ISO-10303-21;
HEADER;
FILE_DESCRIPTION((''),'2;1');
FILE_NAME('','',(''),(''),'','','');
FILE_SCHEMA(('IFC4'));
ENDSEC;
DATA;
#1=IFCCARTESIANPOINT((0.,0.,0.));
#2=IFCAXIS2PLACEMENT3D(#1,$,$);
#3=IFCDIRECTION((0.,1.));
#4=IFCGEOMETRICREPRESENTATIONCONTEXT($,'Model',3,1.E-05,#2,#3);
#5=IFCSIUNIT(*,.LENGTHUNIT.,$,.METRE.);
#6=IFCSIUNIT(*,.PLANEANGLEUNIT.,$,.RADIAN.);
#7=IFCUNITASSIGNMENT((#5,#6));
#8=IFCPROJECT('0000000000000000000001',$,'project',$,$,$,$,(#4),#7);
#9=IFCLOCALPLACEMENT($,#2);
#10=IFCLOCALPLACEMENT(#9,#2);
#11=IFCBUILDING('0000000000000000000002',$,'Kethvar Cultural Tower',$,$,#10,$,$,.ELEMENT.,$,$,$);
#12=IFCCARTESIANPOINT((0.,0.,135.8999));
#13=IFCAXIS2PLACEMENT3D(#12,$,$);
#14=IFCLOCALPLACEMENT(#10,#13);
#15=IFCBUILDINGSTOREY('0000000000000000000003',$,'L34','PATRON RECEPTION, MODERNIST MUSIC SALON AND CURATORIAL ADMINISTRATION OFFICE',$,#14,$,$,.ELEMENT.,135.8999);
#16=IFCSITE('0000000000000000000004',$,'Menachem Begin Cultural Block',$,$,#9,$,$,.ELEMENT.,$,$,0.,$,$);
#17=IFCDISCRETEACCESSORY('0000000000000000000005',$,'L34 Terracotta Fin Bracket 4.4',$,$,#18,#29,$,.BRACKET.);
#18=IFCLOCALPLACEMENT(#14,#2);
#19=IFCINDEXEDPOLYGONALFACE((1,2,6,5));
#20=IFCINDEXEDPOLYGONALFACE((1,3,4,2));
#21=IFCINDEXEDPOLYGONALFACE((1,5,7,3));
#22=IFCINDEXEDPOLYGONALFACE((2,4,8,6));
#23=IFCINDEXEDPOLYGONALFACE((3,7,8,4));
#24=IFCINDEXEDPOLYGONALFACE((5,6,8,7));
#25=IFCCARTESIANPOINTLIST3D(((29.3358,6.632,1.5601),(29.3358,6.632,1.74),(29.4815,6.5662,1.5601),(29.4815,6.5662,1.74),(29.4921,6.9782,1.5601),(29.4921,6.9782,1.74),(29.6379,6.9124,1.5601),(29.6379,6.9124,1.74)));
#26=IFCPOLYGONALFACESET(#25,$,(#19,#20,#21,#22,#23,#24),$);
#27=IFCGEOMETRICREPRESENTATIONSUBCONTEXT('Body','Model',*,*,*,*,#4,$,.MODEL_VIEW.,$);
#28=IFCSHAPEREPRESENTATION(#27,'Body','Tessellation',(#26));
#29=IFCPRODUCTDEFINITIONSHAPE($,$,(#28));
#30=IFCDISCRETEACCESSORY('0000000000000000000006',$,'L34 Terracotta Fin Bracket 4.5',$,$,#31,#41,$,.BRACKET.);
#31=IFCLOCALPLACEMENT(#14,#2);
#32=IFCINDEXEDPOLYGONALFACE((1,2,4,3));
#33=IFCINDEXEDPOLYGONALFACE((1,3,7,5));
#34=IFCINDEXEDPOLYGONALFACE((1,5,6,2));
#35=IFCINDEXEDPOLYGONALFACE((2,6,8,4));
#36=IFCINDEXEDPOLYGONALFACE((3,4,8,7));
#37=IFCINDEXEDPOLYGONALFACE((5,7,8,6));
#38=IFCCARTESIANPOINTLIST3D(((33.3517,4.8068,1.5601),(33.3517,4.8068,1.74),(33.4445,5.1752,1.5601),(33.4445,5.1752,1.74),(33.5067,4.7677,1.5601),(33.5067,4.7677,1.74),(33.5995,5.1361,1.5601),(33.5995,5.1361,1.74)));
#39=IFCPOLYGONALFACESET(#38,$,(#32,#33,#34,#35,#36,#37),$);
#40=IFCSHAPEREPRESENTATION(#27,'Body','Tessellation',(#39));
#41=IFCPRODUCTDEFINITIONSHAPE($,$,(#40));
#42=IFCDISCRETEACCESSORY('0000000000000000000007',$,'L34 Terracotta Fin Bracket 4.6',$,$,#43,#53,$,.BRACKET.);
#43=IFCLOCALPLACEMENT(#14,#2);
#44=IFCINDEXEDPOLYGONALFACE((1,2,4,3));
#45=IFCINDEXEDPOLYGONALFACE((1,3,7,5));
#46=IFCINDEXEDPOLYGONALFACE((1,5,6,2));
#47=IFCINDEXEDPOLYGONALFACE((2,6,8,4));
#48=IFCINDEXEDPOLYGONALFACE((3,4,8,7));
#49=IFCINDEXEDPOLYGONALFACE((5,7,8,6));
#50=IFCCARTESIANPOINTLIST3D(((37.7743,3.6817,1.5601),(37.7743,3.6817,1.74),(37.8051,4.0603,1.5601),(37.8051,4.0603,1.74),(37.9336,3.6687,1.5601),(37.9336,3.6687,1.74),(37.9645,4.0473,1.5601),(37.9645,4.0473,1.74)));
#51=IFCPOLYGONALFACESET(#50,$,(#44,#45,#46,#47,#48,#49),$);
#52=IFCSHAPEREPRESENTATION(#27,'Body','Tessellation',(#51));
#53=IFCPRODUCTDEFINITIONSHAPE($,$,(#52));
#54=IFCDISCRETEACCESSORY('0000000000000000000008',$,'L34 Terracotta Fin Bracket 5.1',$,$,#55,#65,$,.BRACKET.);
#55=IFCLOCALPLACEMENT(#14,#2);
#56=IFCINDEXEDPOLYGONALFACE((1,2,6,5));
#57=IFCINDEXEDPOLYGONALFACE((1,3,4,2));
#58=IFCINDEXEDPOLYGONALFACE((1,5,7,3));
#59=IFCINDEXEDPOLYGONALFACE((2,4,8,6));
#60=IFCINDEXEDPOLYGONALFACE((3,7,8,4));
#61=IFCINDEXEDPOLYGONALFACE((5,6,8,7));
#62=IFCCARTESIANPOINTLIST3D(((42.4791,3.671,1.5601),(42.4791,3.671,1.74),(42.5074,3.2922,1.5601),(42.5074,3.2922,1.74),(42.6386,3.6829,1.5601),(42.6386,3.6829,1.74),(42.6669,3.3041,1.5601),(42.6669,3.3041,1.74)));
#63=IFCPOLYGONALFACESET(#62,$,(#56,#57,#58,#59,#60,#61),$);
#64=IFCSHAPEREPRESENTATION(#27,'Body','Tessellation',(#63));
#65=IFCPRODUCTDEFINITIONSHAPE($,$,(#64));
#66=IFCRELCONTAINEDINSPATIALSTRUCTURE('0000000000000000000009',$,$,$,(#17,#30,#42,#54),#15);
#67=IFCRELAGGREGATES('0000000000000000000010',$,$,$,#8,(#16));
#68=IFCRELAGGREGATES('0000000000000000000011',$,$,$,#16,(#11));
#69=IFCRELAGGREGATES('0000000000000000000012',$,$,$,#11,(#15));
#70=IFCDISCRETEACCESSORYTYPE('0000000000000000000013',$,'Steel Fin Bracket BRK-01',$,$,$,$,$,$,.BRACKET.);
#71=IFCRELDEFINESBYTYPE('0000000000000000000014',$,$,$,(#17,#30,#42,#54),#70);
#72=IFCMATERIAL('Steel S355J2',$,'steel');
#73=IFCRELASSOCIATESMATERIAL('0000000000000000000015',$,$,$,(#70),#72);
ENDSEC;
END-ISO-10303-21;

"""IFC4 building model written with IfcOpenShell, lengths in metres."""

from ifc_helpers import new_model, si_unit, direction, frame, origin, origin_2d, place, context, subcontext, project, spatial, rectangle, extrude, source, transform, mapped, material, type_object, element, save


model = new_model("IFC4")

# Units and contexts
model_context = context("Model", 3, precision=1e-05, world=origin(), true_north=direction((0.0, 1.0)))
body_context = subcontext(model_context, "Body", "Model", "MODEL_VIEW")
ifc_project = project(units=[si_unit("LENGTHUNIT", "METRE"), si_unit("PLANEANGLEUNIT", "RADIAN")], contexts=[model_context])

# Site, building, storey
site_placement = place(None, origin())
site = spatial("IfcSite", under=ifc_project, at=site_placement, Name="Menachem Begin Cultural Block", CompositionType="ELEMENT", RefElevation=0.0)
building_placement = place(site_placement, origin())
building = spatial("IfcBuilding", under=site, at=building_placement, Name="Kethvar Cultural Tower", CompositionType="ELEMENT")
storey_placement = place(building_placement, frame((0.0, 0.0, 135.8999)))
storey = spatial("IfcBuildingStorey", under=building, at=storey_placement, Name="L34", Description="PATRON RECEPTION, MODERNIST MUSIC SALON AND CURATORIAL ADMINISTRATION OFFICE", CompositionType="ELEMENT", Elevation=135.8999)

# Shared definitions
ifc_material_1 = material(Name="Steel S355J2", Category="steel")

# Discrete accessories
discrete_accessory_type = type_object("IfcDiscreteAccessoryType", Name="Steel Fin Bracket BRK-01", PredefinedType="BRACKET", material=ifc_material_1)
shared_shape_1 = source(origin(), body_context, "Body", "SweptSolid", [
    extrude(rectangle(XDim=0.3799, YDim=0.1599, at=origin_2d()), origin(), (0.0, 0.0, 1.0), 0.1799),
])
for number, where, z_axis, x_axis, name in (
    (1, (29.4868, 6.7722, 1.5601), (0.0, 0.0, 1.0), (-0.411514, -0.911403, 0.0), "L34 Terracotta Fin Bracket 4.4"),
    (2, (33.4756, 4.9714, 1.5601), (0.0, 0.0, 1.0), (-0.244292, -0.969702, 0.0), "L34 Terracotta Fin Bracket 4.5"),
    (3, (37.8694, 3.8645, 1.5601), (0.0, 0.0, 1.0), (-0.081243, -0.996694, 0.0), "L34 Terracotta Fin Bracket 4.6"),
    (4, (42.573, 3.4875, 1.5601), (0.0, 0.0, 1.0), (0.074631, -0.997211, 0.0), "L34 Terracotta Fin Bracket 5.1"),
):
    element("IfcDiscreteAccessory", number, at=place(storey_placement, frame(where, z_axis=z_axis, x_axis=x_axis)), inside=storey, type_object=discrete_accessory_type, Name=name, PredefinedType="BRACKET", context=body_context, shape_type="MappedRepresentation", body=[
        mapped(shared_shape_1, transform((0.0, 0.0, 0.0), scale=1.0)),
    ])

save(model, "model.ifc")
